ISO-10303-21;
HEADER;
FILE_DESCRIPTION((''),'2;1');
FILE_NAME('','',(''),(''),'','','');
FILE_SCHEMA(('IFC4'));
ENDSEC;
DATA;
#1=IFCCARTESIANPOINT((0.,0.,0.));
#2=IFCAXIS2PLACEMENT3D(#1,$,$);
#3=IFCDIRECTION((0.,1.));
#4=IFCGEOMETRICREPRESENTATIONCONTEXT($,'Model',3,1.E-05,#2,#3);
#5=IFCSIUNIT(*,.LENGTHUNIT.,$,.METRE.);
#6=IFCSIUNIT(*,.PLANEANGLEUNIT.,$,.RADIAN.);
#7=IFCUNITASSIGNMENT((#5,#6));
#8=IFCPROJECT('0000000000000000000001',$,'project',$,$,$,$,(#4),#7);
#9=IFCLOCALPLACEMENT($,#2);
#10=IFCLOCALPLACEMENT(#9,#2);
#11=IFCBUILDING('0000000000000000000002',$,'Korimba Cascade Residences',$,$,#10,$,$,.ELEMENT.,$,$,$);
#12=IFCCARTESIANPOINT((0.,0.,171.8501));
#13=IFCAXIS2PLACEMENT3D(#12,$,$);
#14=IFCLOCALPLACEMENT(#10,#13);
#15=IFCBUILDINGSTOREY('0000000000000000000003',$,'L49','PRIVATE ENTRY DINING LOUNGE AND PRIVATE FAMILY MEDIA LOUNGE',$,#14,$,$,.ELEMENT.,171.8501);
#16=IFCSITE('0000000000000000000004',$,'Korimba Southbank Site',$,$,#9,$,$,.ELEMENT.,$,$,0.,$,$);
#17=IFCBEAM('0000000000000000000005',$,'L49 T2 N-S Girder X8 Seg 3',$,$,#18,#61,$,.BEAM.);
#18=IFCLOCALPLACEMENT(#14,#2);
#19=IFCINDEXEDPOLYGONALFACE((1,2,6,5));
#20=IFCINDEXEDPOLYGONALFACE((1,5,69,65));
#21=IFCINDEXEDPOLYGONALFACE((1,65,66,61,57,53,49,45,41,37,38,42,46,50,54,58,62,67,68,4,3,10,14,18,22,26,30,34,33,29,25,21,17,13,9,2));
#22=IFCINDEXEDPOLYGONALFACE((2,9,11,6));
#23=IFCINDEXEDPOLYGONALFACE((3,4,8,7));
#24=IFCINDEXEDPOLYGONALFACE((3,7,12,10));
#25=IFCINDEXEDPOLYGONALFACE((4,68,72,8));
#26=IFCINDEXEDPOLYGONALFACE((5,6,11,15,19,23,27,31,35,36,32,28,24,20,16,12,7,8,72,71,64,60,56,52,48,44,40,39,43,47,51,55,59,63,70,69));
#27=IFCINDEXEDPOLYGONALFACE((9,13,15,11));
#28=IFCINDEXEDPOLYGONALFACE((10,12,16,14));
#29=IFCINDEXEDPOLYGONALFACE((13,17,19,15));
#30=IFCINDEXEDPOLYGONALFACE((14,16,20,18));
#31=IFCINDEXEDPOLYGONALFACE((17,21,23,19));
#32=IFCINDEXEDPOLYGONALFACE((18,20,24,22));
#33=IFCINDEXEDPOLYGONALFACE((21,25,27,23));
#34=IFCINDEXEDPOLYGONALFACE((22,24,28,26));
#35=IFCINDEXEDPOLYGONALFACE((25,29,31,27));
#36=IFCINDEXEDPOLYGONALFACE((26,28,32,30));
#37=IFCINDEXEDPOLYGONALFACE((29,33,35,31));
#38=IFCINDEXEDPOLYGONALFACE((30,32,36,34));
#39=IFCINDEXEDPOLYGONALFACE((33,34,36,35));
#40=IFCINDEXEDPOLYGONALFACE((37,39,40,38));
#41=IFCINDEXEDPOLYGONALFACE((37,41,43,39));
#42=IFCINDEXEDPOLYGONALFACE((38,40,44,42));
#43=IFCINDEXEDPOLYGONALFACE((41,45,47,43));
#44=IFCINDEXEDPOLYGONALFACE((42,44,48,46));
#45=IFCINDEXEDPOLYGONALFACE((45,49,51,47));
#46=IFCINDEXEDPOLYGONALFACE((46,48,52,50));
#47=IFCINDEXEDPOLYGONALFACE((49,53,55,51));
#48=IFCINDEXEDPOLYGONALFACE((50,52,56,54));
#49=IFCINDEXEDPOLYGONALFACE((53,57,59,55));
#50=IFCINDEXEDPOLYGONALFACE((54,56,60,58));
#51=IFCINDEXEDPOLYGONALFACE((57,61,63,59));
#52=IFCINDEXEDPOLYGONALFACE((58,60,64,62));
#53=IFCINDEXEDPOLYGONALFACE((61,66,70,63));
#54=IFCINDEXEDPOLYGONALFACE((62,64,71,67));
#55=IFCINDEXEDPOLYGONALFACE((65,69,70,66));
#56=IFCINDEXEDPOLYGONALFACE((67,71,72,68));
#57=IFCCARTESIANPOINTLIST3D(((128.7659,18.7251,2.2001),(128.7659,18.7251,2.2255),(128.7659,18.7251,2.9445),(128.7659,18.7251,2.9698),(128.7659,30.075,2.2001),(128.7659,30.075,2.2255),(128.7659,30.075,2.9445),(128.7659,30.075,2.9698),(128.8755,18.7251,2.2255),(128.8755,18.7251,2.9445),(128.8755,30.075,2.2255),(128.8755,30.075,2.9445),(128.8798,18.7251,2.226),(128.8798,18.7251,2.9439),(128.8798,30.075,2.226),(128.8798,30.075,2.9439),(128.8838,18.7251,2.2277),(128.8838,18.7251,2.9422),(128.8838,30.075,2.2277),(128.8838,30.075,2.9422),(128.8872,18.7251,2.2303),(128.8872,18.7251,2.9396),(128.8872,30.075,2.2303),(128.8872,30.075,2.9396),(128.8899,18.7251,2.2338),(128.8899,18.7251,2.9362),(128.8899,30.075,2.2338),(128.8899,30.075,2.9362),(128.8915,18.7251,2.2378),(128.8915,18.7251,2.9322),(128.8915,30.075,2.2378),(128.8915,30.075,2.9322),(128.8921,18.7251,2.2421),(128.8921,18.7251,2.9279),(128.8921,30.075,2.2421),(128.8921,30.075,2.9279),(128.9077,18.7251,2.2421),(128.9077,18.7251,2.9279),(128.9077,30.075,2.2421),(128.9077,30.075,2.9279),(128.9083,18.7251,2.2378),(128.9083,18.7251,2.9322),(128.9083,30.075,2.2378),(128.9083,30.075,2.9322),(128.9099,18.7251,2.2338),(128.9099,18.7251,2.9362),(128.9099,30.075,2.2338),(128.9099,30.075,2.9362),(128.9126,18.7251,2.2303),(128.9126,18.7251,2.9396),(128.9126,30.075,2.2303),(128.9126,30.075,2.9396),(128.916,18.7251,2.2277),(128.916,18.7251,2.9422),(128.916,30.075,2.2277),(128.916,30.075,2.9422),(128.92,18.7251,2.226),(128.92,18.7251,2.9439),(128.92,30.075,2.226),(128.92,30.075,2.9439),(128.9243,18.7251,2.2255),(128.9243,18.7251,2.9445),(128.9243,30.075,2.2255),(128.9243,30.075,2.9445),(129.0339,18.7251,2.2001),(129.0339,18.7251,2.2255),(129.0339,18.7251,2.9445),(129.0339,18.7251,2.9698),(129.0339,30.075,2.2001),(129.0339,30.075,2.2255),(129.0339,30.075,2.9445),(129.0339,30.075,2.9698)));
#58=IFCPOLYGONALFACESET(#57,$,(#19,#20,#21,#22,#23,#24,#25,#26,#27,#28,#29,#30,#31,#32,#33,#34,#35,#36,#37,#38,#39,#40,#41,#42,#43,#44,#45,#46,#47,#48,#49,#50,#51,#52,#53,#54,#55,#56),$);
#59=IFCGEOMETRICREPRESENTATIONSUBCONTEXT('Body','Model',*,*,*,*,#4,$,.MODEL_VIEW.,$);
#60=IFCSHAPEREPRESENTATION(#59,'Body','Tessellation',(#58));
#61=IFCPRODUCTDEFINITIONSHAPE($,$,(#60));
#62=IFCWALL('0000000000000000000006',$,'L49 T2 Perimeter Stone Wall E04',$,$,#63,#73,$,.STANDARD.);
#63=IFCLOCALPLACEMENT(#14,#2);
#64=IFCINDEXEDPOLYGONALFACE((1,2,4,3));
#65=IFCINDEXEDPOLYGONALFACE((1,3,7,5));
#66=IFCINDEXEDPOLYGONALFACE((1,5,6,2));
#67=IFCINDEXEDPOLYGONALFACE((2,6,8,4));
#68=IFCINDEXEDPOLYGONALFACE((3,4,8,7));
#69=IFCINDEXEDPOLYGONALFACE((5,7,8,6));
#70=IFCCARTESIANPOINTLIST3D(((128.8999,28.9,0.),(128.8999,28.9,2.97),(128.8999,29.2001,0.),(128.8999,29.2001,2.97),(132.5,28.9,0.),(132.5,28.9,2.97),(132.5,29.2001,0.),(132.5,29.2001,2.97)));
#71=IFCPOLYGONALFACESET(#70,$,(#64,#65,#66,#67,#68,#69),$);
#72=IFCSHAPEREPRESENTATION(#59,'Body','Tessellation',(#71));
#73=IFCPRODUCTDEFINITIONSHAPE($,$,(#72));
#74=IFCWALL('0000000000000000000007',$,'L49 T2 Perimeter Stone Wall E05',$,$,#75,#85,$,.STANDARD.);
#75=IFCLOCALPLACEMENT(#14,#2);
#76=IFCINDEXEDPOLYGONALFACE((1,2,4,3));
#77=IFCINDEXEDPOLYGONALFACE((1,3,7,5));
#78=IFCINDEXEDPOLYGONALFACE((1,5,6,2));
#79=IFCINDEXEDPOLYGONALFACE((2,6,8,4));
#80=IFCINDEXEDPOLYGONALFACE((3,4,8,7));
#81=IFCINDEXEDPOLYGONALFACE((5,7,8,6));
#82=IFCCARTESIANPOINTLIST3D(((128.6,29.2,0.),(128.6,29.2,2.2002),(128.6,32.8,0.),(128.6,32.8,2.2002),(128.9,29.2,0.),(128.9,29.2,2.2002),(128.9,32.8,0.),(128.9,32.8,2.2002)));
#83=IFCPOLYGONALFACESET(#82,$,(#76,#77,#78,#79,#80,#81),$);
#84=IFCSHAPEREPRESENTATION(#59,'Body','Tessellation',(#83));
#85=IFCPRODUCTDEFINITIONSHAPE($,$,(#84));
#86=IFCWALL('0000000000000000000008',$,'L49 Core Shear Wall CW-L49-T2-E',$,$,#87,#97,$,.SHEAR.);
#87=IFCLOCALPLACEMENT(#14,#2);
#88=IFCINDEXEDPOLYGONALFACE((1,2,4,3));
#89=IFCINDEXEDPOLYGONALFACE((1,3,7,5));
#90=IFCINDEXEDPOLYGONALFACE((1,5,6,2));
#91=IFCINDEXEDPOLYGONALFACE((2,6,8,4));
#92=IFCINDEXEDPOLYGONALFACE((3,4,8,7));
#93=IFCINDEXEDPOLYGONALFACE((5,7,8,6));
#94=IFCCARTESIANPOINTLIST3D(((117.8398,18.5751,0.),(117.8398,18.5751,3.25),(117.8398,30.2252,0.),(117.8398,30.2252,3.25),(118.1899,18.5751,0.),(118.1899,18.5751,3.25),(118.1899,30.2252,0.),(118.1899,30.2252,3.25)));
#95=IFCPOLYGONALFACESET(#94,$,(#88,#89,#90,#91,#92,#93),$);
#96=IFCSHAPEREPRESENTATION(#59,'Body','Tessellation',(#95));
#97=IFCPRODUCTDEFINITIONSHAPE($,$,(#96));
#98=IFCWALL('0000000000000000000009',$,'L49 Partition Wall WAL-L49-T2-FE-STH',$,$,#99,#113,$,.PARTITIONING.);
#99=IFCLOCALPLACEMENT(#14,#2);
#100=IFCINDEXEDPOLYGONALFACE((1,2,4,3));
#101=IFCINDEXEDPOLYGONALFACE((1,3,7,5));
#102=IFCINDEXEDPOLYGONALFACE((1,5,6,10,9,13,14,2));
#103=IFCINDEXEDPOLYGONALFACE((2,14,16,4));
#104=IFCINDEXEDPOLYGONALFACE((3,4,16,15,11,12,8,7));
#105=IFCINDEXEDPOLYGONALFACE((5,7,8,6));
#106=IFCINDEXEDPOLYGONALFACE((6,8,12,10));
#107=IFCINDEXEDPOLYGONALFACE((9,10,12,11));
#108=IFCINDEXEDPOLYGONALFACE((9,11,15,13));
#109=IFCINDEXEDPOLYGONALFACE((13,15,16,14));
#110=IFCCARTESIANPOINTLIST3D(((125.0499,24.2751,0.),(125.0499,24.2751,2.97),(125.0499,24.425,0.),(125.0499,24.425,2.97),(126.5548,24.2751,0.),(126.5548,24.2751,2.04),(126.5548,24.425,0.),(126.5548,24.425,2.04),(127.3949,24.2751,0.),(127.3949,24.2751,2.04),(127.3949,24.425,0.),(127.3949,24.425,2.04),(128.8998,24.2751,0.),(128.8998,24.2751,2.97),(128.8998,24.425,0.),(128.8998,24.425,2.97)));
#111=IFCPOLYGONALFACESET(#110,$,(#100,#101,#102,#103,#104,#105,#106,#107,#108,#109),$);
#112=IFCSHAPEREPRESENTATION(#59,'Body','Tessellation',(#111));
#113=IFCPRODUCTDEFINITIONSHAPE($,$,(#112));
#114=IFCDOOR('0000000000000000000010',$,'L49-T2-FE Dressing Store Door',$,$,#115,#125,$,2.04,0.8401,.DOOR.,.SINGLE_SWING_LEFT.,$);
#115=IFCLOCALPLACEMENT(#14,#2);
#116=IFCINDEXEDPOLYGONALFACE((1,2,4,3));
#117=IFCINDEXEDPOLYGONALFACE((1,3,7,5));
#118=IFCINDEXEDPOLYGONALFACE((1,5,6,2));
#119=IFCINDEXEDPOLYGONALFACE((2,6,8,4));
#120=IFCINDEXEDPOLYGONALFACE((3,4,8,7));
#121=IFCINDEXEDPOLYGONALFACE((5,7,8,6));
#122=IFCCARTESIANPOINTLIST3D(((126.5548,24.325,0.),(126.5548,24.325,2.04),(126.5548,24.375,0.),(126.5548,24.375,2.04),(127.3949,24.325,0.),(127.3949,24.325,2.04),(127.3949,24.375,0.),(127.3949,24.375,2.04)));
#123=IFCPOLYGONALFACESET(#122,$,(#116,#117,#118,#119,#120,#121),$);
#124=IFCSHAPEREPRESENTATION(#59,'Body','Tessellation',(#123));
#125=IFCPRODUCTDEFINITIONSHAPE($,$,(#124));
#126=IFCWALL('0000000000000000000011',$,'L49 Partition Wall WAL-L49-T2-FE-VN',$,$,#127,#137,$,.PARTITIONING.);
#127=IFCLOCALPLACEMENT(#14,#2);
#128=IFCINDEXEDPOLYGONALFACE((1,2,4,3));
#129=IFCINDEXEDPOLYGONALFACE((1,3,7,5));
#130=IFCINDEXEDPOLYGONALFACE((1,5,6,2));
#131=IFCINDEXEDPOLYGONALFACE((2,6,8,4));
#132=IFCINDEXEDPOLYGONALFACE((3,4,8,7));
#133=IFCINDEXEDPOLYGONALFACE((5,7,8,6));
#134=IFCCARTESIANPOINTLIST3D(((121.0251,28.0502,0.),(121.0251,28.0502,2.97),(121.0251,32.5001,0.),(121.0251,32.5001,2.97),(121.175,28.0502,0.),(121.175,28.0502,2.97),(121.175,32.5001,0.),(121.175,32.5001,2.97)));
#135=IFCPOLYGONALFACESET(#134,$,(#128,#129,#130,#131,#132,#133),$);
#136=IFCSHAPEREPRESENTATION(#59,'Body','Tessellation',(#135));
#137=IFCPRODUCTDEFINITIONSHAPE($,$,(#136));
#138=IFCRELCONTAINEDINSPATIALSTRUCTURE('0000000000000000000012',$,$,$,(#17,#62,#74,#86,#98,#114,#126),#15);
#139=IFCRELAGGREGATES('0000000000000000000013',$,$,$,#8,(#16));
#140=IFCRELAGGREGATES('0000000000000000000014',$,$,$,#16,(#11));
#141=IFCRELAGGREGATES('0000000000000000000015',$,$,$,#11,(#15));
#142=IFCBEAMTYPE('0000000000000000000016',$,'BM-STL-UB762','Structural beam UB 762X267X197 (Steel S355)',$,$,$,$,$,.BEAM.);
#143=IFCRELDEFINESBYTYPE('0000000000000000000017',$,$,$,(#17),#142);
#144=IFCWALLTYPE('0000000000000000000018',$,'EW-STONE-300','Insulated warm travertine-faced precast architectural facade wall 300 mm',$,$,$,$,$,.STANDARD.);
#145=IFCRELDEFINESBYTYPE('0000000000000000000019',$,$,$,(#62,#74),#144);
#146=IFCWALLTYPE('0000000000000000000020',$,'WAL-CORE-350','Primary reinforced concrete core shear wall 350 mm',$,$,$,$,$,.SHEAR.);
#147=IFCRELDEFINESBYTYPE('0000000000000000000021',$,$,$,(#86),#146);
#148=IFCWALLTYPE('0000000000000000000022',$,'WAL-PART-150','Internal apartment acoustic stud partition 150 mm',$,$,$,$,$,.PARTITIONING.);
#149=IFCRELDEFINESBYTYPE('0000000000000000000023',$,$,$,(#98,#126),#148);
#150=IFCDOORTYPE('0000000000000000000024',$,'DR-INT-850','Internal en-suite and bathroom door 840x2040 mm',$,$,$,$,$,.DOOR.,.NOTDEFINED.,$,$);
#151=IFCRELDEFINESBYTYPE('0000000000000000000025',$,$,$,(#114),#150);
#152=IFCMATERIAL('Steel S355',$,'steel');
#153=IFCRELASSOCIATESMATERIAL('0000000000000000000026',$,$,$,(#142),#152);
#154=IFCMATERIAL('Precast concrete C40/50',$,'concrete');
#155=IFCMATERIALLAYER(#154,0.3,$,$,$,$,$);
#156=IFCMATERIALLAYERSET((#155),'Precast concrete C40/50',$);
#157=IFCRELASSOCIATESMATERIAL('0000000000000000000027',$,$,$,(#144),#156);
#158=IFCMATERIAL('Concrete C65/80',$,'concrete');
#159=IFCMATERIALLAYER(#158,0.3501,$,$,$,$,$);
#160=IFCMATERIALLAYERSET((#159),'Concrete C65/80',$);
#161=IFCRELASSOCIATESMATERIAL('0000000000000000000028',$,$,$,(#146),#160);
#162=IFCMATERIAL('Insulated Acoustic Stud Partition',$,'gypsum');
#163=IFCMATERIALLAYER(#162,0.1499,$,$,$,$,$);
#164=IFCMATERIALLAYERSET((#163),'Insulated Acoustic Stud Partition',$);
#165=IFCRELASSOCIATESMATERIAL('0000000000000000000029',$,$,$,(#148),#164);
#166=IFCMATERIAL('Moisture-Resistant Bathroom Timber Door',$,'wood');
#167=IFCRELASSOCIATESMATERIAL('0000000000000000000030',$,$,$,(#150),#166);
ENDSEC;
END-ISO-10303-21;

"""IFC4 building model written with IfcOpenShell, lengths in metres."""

from ifc_helpers import new_model, si_unit, direction, frame, frame_2d, origin, origin_2d, place, context, subcontext, project, spatial, rectangle, i_section, extrude, material, layer, layer_set, material_profile, profile_set, type_object, element, fill, save


model = new_model("IFC4")

# Units and contexts
model_context = context("Model", 3, precision=1e-05, world=origin(), true_north=direction((0.0, 1.0)))
body_context = subcontext(model_context, "Body", "Model", "MODEL_VIEW")
ifc_project = project(units=[si_unit("LENGTHUNIT", "METRE"), si_unit("PLANEANGLEUNIT", "RADIAN")], contexts=[model_context])

# Site, building, storey
site_placement = place(None, origin())
site = spatial("IfcSite", under=ifc_project, at=site_placement, Name="Korimba Southbank Site", CompositionType="ELEMENT", RefElevation=0.0)
building_placement = place(site_placement, origin())
building = spatial("IfcBuilding", under=site, at=building_placement, Name="Korimba Cascade Residences", CompositionType="ELEMENT")
storey_placement = place(building_placement, frame((0.0, 0.0, 171.8501)))
storey = spatial("IfcBuildingStorey", under=building, at=storey_placement, Name="L49", Description="PRIVATE ENTRY DINING LOUNGE AND PRIVATE FAMILY MEDIA LOUNGE", CompositionType="ELEMENT", Elevation=171.8501)

# Beam
ifc_material_1 = material(Name="Steel S355", Category="steel")
ifc_material_profile_1 = material_profile(ifc_material_1, i_section(OverallWidth=0.2681, OverallDepth=0.7698, WebThickness=0.0156, FlangeThickness=0.0254, FilletRadius=0.0166, at=origin_2d()), Name="Steel S355")
ifc_profile_set_1 = profile_set([ifc_material_profile_1], Name="Steel S355")
beam_type_1 = type_object("IfcBeamType", Name="BM-STL-UB762", Description="Structural beam UB 762X267X197 (Steel S355)", PredefinedType="BEAM", material=ifc_profile_set_1)
for number, where, z_axis, x_axis, name in (
    (1, (128.8999, 18.7251, 2.585), (0.0, 1.0, 0.0), (-1.0, 0.0, 0.0), "L49 T2 N-S Girder X8 Seg 3"),
):
    element("IfcBeam", number, at=place(storey_placement, frame(where, z_axis=z_axis, x_axis=x_axis)), inside=storey, type_object=beam_type_1, Name=name, PredefinedType="BEAM", context=body_context, shape_type="SweptSolid", body=[
        extrude(i_section(OverallWidth=0.2681, OverallDepth=0.7698, WebThickness=0.0156, FlangeThickness=0.0254, FilletRadius=0.0166, at=origin_2d()), origin(), (0.0, 0.0, 1.0), 11.3499),
    ])

# Walls
ifc_material_2 = material(Name="Precast concrete C40/50", Category="concrete")
ifc_layer_1 = layer(ifc_material_2, 0.3)
ifc_layer_set_1 = layer_set([ifc_layer_1], Name="Precast concrete C40/50")
wall_type_1 = type_object("IfcWallType", Name="EW-STONE-300", Description="Insulated warm travertine-faced precast architectural facade wall 300 mm", PredefinedType="STANDARD", material=ifc_layer_set_1)
wall_1_placement = place(storey_placement, frame((132.5, 29.05, 0.0), z_axis=(0.0, 0.0, 1.0), x_axis=(-1.0, 0.0, 0.0)))
element("IfcWall", 2, at=wall_1_placement, inside=storey, type_object=wall_type_1, Name="L49 T2 Perimeter Stone Wall E04", PredefinedType="STANDARD", context=body_context, shape_type="SweptSolid", body=[
    extrude(rectangle(XDim=3.6001, YDim=0.3, at=frame_2d((1.8, 0.0))), origin(), (0.0, 0.0, 1.0), 2.97),
])
wall_2_placement = place(storey_placement, frame((128.75, 29.2, 0.0), z_axis=(0.0, 0.0, 1.0), x_axis=(0.0, 1.0, 0.0)))
element("IfcWall", 3, at=wall_2_placement, inside=storey, type_object=wall_type_1, Name="L49 T2 Perimeter Stone Wall E05", PredefinedType="STANDARD", context=body_context, shape_type="SweptSolid", body=[
    extrude(rectangle(XDim=3.6001, YDim=0.3, at=frame_2d((1.8, 0.0))), origin(), (0.0, 0.0, 1.0), 2.2002),
])
ifc_material_3 = material(Name="Concrete C65/80", Category="concrete")
ifc_layer_2 = layer(ifc_material_3, 0.3501)
ifc_layer_set_2 = layer_set([ifc_layer_2], Name="Concrete C65/80")
wall_type_2 = type_object("IfcWallType", Name="WAL-CORE-350", Description="Primary reinforced concrete core shear wall 350 mm", PredefinedType="SHEAR", material=ifc_layer_set_2)
wall_3_placement = place(storey_placement, frame((118.0149, 18.575, 0.0), z_axis=(0.0, 0.0, 1.0), x_axis=(0.0, 1.0, 0.0)))
element("IfcWall", 4, at=wall_3_placement, inside=storey, type_object=wall_type_2, Name="L49 Core Shear Wall CW-L49-T2-E", PredefinedType="SHEAR", context=body_context, shape_type="SweptSolid", body=[
    extrude(rectangle(XDim=11.6501, YDim=0.3501, at=frame_2d((5.8252, 0.0))), origin(), (0.0, 0.0, 1.0), 3.25),
])

# Wall, opening, door
ifc_material_4 = material(Name="Insulated Acoustic Stud Partition", Category="gypsum")
ifc_layer_3 = layer(ifc_material_4, 0.1499)
ifc_layer_set_3 = layer_set([ifc_layer_3], Name="Insulated Acoustic Stud Partition")
wall_type_3 = type_object("IfcWallType", Name="WAL-PART-150", Description="Internal apartment acoustic stud partition 150 mm", PredefinedType="PARTITIONING", material=ifc_layer_set_3)
wall_4_placement = place(storey_placement, frame((125.05, 24.3501, 0.0), z_axis=(0.0, 0.0, 1.0), x_axis=(1.0, 0.0, 0.0)))
wall_4 = element("IfcWall", 5, at=wall_4_placement, inside=storey, type_object=wall_type_3, Name="L49 Partition Wall WAL-L49-T2-FE-STH", PredefinedType="PARTITIONING", context=body_context, shape_type="SweptSolid", body=[
    extrude(rectangle(XDim=3.8499, YDim=0.1499, at=frame_2d((1.9248, 0.0))), origin(), (0.0, 0.0, 1.0), 2.97),
])
opening_1_placement = place(wall_4_placement, frame((1.5049, 0.0, 0.0)))
opening_1 = element("IfcOpeningElement", 6, at=opening_1_placement, cuts=wall_4, PredefinedType="OPENING", context=body_context, shape_type="SweptSolid", body=[
    extrude(rectangle(XDim=0.8401, YDim=2.04, at=frame_2d((0.4199, 1.02))), frame((0.0, 0.085, 0.0), z_axis=(0.0, -1.0, 0.0), x_axis=(1.0, 0.0, 0.0)), (0.0, 0.0, 1.0), 0.1699),
])
ifc_material_5 = material(Name="Moisture-Resistant Bathroom Timber Door", Category="wood")
door_type_1 = type_object("IfcDoorType", Name="DR-INT-850", Description="Internal en-suite and bathroom door 840x2040 mm", OperationType="NOTDEFINED", PredefinedType="DOOR", material=ifc_material_5)
door_1_placement = place(opening_1_placement, origin())
door_1 = element("IfcDoor", 7, at=door_1_placement, inside=storey, type_object=door_type_1, Name="L49-T2-FE Dressing Store Door", OperationType="SINGLE_SWING_LEFT", OverallHeight=2.04, OverallWidth=0.8401, PredefinedType="DOOR", context=body_context, shape_type="SweptSolid", body=[
    extrude(rectangle(XDim=0.8401, YDim=2.04, at=frame_2d((0.4199, 1.02))), frame((0.0, 0.0249, 0.0), z_axis=(0.0, -1.0, 0.0), x_axis=(1.0, 0.0, 0.0)), (0.0, 0.0, 1.0), 0.05),
])
fill(opening_1, door_1)

# Wall
wall_5_placement = place(storey_placement, frame((121.1001, 28.05, 0.0), z_axis=(0.0, 0.0, 1.0), x_axis=(0.0, 1.0, 0.0)))
element("IfcWall", 8, at=wall_5_placement, inside=storey, type_object=wall_type_3, Name="L49 Partition Wall WAL-L49-T2-FE-VN", PredefinedType="PARTITIONING", context=body_context, shape_type="SweptSolid", body=[
    extrude(rectangle(XDim=4.45, YDim=0.1499, at=frame_2d((2.2251, 0.0))), origin(), (0.0, 0.0, 1.0), 2.97),
])

save(model, "model.ifc")
